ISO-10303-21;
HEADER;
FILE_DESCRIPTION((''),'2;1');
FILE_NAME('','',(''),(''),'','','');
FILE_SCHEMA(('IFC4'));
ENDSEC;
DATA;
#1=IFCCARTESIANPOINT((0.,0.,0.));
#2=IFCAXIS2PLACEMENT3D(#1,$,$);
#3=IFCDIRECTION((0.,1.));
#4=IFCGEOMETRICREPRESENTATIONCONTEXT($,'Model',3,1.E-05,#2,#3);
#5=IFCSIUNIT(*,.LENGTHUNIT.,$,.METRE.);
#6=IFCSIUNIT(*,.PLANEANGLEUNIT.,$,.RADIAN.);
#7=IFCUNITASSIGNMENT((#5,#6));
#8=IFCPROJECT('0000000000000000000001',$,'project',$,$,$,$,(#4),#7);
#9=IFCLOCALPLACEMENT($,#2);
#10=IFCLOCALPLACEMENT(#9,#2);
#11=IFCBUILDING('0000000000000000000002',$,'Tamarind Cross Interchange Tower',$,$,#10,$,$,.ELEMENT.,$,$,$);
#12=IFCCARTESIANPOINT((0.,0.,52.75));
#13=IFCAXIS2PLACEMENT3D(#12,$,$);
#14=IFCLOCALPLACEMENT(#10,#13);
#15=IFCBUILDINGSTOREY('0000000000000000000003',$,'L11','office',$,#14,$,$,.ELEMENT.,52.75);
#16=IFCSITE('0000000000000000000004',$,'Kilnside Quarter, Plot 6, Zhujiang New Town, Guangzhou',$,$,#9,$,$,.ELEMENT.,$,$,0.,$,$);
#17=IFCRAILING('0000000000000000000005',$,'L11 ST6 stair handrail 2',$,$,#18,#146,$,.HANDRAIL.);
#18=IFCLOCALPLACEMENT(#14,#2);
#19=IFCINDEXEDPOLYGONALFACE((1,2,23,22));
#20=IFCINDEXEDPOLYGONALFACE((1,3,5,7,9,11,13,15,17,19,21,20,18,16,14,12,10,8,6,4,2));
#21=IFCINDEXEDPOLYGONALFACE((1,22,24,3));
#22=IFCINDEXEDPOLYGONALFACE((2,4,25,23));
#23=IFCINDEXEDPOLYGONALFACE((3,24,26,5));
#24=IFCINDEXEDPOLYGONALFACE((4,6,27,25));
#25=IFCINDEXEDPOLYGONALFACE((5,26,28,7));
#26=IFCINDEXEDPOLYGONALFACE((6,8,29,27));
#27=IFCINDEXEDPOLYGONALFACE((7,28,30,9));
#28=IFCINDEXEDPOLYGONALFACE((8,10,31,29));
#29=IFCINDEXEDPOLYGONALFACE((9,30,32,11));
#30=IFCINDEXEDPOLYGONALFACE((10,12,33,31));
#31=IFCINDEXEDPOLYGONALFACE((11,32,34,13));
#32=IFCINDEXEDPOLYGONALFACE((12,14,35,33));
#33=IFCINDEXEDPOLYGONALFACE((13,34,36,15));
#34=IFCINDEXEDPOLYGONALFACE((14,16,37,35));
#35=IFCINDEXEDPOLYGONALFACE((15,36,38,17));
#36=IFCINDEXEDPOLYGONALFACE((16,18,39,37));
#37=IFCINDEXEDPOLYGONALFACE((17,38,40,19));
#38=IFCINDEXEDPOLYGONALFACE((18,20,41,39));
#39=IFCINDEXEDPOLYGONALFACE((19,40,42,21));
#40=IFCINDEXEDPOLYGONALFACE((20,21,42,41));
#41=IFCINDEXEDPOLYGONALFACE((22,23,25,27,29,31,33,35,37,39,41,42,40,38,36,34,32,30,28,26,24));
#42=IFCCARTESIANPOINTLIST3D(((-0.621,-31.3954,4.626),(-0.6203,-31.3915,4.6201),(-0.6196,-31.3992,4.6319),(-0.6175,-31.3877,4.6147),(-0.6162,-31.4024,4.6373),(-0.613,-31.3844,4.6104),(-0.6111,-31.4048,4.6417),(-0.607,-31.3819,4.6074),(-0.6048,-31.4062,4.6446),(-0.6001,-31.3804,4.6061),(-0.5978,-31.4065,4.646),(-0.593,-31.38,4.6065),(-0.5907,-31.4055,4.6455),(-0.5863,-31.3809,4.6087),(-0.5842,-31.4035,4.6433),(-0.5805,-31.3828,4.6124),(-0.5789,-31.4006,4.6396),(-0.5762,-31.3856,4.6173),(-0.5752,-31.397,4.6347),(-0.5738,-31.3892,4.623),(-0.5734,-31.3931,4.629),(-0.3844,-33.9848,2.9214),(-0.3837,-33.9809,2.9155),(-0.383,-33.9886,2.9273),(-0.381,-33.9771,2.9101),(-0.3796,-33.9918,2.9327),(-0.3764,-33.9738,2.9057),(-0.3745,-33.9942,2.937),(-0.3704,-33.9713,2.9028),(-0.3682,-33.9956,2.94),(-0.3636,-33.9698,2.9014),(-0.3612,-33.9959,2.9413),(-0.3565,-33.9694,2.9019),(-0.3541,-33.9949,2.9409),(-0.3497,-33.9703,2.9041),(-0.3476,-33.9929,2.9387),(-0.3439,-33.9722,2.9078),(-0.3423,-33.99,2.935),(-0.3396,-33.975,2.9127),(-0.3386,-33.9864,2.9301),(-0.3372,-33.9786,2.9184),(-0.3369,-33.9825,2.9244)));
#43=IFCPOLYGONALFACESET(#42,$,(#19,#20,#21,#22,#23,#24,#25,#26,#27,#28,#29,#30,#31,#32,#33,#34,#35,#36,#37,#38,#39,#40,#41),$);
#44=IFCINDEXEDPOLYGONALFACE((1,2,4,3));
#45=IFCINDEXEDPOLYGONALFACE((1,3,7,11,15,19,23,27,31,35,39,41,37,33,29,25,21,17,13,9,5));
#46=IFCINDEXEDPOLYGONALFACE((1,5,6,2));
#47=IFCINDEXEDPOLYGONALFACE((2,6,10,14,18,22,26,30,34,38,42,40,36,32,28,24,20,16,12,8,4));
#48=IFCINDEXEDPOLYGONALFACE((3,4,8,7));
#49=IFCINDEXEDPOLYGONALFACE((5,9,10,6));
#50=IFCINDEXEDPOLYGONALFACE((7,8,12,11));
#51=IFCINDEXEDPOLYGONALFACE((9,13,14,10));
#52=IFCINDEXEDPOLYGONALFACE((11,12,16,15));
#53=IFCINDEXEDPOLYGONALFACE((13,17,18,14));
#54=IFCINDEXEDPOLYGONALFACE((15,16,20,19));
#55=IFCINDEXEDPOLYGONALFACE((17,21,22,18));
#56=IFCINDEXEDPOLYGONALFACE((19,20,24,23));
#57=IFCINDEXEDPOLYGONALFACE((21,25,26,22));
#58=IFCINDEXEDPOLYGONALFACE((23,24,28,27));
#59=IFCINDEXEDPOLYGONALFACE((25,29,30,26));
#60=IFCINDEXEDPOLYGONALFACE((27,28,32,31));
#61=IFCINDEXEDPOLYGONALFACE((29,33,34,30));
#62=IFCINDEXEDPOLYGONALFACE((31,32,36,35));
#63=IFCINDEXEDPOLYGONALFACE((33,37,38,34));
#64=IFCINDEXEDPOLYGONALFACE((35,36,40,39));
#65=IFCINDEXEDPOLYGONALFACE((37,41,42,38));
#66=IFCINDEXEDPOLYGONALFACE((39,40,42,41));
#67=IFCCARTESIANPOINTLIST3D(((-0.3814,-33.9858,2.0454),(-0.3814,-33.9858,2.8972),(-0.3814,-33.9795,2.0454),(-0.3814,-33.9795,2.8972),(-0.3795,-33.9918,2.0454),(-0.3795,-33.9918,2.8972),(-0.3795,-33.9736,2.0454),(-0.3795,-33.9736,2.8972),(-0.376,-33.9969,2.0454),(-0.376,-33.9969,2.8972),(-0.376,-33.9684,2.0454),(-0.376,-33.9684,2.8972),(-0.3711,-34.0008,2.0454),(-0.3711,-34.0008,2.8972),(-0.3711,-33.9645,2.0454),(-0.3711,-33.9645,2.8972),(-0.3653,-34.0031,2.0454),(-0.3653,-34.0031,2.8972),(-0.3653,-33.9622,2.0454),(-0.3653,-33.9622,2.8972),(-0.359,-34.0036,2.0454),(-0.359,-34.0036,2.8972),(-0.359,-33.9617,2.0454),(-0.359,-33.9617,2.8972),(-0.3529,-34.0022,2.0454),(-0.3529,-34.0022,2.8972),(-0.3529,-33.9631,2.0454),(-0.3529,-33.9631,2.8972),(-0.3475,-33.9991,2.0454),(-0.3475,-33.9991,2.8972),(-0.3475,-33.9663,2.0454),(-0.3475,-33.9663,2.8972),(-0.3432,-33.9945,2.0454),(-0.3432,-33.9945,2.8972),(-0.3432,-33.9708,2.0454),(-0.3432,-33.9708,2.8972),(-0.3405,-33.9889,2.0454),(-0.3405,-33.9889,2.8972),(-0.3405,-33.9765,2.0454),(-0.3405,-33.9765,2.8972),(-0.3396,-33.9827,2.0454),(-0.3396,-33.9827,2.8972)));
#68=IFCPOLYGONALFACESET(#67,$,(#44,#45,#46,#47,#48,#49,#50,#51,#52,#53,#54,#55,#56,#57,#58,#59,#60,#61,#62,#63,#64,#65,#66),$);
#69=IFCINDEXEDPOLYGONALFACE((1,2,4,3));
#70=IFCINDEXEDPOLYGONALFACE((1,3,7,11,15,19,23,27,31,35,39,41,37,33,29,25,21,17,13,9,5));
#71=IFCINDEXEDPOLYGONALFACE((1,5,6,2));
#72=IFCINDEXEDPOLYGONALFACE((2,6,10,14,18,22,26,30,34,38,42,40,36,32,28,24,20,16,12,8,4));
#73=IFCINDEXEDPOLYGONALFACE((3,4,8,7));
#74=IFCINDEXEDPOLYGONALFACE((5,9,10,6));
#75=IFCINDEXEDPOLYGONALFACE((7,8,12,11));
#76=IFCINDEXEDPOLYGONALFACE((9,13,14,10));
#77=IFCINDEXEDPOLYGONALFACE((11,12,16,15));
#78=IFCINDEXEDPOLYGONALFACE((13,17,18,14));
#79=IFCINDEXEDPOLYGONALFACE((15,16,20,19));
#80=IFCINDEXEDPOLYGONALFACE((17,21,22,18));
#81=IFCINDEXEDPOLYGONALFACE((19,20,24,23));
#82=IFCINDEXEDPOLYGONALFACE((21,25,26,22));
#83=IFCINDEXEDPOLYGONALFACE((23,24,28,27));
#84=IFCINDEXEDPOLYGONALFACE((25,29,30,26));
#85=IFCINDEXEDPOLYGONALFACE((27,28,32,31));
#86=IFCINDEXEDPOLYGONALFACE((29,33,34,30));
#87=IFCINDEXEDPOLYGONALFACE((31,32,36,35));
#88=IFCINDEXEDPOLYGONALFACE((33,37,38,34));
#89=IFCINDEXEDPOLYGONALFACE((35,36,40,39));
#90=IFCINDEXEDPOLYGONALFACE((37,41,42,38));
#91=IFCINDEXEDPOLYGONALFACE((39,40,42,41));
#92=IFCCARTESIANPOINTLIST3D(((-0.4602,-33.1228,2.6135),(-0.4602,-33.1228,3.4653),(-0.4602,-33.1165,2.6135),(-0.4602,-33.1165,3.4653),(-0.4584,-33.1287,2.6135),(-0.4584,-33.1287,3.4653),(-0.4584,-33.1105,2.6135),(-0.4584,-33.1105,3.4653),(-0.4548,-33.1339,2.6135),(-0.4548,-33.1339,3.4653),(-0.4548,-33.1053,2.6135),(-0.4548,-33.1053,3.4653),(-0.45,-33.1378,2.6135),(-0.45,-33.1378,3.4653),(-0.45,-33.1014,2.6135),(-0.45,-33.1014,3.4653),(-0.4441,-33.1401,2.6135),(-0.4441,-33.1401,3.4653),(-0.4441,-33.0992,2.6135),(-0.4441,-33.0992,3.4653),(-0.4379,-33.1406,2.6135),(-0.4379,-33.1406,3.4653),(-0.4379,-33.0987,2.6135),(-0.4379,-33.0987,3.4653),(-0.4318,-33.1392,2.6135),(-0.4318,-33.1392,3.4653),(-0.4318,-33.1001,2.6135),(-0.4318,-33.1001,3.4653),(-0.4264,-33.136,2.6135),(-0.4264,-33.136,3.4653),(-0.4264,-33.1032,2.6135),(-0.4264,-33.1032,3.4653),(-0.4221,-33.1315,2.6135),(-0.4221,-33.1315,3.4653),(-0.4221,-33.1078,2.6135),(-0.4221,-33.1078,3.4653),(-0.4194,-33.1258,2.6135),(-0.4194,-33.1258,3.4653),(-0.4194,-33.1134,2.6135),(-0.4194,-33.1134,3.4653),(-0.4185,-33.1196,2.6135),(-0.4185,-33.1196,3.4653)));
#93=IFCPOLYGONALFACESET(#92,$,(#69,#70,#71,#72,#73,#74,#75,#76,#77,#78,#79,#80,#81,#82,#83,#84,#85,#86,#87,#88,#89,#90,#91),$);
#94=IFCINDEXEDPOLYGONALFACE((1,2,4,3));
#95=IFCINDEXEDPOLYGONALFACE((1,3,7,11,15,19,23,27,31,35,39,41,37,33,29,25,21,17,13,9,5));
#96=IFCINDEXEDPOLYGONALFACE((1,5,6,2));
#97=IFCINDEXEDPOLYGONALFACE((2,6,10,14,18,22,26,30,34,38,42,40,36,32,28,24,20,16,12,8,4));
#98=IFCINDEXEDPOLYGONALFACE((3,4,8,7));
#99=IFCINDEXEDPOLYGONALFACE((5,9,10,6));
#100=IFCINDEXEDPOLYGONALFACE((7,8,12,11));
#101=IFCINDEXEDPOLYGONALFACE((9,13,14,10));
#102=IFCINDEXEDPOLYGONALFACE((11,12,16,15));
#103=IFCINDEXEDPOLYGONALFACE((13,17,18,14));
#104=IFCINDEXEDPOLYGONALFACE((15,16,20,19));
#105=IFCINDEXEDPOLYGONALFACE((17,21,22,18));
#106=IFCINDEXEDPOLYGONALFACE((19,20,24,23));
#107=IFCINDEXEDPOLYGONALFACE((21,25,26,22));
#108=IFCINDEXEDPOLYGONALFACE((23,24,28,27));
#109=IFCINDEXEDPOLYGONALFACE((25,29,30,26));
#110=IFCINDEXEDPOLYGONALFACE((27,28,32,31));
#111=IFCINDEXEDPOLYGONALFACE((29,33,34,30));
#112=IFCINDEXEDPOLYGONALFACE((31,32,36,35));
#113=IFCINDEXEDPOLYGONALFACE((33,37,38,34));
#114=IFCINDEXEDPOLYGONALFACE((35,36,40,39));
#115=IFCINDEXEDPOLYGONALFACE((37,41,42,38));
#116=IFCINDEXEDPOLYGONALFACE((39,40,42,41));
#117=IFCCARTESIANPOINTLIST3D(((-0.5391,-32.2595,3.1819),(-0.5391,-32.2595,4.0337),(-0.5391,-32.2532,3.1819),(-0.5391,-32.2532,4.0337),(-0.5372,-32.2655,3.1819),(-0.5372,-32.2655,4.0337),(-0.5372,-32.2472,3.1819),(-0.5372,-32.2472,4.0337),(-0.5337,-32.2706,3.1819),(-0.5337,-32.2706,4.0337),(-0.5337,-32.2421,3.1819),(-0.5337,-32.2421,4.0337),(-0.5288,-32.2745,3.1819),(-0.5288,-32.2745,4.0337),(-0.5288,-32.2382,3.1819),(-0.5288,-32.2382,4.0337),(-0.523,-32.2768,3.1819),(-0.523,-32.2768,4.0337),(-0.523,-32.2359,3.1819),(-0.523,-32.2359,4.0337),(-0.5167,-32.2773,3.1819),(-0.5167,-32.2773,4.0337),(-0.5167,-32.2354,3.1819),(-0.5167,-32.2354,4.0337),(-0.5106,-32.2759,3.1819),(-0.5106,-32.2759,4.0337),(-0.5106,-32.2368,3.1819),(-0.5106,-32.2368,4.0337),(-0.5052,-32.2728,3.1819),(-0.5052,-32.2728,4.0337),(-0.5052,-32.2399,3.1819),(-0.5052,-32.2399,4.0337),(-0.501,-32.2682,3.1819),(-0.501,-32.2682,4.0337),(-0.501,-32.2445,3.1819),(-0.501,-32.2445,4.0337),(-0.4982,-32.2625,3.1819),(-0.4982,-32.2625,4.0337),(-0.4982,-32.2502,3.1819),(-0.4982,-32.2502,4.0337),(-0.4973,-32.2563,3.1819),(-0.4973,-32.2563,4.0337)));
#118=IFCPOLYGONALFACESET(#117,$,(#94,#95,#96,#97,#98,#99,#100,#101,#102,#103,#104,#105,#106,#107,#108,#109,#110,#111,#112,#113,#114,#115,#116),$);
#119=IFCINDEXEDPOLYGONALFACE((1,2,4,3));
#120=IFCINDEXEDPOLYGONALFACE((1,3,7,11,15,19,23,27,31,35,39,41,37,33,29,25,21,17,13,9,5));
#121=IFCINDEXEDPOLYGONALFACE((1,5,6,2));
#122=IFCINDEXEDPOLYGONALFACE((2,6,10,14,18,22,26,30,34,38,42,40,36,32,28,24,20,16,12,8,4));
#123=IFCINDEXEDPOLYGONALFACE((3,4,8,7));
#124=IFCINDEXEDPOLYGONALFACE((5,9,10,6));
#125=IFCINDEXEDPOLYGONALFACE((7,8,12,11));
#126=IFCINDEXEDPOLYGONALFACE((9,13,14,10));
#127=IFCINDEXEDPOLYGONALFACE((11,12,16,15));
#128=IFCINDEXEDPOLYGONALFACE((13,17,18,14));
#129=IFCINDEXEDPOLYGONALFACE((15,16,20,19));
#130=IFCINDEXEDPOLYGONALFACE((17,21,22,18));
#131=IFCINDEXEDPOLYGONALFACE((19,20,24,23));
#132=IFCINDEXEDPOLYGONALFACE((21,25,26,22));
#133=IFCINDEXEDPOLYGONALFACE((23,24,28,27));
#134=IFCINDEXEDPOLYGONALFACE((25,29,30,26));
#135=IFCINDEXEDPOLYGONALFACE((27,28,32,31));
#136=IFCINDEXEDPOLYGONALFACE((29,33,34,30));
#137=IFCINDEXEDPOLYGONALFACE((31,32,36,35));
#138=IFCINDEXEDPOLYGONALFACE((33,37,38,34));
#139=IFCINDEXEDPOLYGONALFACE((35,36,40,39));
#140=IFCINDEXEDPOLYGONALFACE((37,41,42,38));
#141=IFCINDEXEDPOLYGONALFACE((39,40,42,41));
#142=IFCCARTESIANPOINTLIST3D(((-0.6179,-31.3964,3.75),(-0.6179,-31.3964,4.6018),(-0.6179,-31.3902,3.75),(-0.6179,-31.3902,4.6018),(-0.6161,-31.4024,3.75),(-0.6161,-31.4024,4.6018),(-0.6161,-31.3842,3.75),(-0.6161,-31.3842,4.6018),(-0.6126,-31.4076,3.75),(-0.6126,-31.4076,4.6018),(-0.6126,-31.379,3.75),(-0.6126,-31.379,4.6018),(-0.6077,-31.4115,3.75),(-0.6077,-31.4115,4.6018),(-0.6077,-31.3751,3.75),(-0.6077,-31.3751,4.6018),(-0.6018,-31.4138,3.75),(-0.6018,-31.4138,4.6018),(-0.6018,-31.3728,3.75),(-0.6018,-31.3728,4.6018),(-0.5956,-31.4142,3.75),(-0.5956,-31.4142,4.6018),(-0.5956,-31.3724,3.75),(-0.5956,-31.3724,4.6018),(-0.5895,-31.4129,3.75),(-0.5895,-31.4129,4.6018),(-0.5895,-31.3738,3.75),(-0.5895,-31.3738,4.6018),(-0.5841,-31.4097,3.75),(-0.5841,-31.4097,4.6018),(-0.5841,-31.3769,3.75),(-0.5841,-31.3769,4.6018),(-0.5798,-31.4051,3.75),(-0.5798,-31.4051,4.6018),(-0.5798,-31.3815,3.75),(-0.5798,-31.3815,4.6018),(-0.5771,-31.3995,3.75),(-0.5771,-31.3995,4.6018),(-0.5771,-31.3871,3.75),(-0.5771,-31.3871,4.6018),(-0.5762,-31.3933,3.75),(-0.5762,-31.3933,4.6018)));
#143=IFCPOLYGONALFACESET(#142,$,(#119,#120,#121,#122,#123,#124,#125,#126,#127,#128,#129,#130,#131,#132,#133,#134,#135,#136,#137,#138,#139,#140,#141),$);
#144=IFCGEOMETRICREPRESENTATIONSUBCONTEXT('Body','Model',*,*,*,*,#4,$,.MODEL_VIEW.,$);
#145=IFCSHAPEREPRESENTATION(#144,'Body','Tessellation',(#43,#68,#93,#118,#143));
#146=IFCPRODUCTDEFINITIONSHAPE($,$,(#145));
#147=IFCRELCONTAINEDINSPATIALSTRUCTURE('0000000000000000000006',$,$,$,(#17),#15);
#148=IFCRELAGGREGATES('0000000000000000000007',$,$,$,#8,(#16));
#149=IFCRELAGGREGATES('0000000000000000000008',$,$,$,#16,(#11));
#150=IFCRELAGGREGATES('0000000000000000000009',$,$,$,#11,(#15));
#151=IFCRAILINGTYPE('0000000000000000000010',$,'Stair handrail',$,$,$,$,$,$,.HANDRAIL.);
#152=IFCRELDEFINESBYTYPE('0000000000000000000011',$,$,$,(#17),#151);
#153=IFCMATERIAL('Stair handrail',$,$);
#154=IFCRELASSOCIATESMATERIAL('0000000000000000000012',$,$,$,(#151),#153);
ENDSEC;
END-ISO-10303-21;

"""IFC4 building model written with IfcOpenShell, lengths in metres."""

from ifc_helpers import new_model, si_unit, direction, frame, origin, origin_2d, place, context, subcontext, project, spatial, circle, extrude, material, type_object, element, save


model = new_model("IFC4")

# Units and contexts
model_context = context("Model", 3, precision=1e-05, world=origin(), true_north=direction((0.0, 1.0)))
body_context = subcontext(model_context, "Body", "Model", "MODEL_VIEW")
ifc_project = project(units=[si_unit("LENGTHUNIT", "METRE"), si_unit("PLANEANGLEUNIT", "RADIAN")], contexts=[model_context])

# Site, building, storey
site_placement = place(None, origin())
site = spatial("IfcSite", under=ifc_project, at=site_placement, Name="Kilnside Quarter, Plot 6, Zhujiang New Town, Guangzhou", CompositionType="ELEMENT", RefElevation=0.0)
building_placement = place(site_placement, origin())
building = spatial("IfcBuilding", under=site, at=building_placement, Name="Tamarind Cross Interchange Tower", CompositionType="ELEMENT")
storey_placement = place(building_placement, frame((0.0, 0.0, 52.75)))
storey = spatial("IfcBuildingStorey", under=building, at=storey_placement, Name="L11", Description="office", CompositionType="ELEMENT", Elevation=52.75)

# Railing
ifc_material_1 = material(Name="Stair handrail")
railing_type_1 = type_object("IfcRailingType", Name="Stair handrail", PredefinedType="HANDRAIL", material=ifc_material_1)
railing_1_placement = place(storey_placement, frame((-0.3606, -33.9827, 2.0454)))
element("IfcRailing", 1, at=railing_1_placement, inside=storey, type_object=railing_type_1, Name="L11 ST6 stair handrail 2", PredefinedType="HANDRAIL", context=body_context, shape_type="SweptSolid", body=[
    extrude(circle(Radius=0.0239, at=origin_2d()), frame((0.0, 0.0, 0.876), z_axis=(-0.076091, 0.832838, 0.548262), x_axis=(-0.995852, -0.090984, 0.0)), (0.0, 0.0, 1.0), 3.1091),
    extrude(circle(Radius=0.021, at=origin_2d()), origin(), (0.0, 0.0, 1.0), 0.8518),
    extrude(circle(Radius=0.021, at=origin_2d()), frame((-0.0789, 0.863, 0.5681)), (0.0, 0.0, 1.0), 0.8518),
    extrude(circle(Radius=0.021, at=origin_2d()), frame((-0.1577, 1.7263, 1.1365)), (0.0, 0.0, 1.0), 0.8518),
    extrude(circle(Radius=0.021, at=origin_2d()), frame((-0.2366, 2.5894, 1.7046)), (0.0, 0.0, 1.0), 0.8518),
])

save(model, "model.ifc")
